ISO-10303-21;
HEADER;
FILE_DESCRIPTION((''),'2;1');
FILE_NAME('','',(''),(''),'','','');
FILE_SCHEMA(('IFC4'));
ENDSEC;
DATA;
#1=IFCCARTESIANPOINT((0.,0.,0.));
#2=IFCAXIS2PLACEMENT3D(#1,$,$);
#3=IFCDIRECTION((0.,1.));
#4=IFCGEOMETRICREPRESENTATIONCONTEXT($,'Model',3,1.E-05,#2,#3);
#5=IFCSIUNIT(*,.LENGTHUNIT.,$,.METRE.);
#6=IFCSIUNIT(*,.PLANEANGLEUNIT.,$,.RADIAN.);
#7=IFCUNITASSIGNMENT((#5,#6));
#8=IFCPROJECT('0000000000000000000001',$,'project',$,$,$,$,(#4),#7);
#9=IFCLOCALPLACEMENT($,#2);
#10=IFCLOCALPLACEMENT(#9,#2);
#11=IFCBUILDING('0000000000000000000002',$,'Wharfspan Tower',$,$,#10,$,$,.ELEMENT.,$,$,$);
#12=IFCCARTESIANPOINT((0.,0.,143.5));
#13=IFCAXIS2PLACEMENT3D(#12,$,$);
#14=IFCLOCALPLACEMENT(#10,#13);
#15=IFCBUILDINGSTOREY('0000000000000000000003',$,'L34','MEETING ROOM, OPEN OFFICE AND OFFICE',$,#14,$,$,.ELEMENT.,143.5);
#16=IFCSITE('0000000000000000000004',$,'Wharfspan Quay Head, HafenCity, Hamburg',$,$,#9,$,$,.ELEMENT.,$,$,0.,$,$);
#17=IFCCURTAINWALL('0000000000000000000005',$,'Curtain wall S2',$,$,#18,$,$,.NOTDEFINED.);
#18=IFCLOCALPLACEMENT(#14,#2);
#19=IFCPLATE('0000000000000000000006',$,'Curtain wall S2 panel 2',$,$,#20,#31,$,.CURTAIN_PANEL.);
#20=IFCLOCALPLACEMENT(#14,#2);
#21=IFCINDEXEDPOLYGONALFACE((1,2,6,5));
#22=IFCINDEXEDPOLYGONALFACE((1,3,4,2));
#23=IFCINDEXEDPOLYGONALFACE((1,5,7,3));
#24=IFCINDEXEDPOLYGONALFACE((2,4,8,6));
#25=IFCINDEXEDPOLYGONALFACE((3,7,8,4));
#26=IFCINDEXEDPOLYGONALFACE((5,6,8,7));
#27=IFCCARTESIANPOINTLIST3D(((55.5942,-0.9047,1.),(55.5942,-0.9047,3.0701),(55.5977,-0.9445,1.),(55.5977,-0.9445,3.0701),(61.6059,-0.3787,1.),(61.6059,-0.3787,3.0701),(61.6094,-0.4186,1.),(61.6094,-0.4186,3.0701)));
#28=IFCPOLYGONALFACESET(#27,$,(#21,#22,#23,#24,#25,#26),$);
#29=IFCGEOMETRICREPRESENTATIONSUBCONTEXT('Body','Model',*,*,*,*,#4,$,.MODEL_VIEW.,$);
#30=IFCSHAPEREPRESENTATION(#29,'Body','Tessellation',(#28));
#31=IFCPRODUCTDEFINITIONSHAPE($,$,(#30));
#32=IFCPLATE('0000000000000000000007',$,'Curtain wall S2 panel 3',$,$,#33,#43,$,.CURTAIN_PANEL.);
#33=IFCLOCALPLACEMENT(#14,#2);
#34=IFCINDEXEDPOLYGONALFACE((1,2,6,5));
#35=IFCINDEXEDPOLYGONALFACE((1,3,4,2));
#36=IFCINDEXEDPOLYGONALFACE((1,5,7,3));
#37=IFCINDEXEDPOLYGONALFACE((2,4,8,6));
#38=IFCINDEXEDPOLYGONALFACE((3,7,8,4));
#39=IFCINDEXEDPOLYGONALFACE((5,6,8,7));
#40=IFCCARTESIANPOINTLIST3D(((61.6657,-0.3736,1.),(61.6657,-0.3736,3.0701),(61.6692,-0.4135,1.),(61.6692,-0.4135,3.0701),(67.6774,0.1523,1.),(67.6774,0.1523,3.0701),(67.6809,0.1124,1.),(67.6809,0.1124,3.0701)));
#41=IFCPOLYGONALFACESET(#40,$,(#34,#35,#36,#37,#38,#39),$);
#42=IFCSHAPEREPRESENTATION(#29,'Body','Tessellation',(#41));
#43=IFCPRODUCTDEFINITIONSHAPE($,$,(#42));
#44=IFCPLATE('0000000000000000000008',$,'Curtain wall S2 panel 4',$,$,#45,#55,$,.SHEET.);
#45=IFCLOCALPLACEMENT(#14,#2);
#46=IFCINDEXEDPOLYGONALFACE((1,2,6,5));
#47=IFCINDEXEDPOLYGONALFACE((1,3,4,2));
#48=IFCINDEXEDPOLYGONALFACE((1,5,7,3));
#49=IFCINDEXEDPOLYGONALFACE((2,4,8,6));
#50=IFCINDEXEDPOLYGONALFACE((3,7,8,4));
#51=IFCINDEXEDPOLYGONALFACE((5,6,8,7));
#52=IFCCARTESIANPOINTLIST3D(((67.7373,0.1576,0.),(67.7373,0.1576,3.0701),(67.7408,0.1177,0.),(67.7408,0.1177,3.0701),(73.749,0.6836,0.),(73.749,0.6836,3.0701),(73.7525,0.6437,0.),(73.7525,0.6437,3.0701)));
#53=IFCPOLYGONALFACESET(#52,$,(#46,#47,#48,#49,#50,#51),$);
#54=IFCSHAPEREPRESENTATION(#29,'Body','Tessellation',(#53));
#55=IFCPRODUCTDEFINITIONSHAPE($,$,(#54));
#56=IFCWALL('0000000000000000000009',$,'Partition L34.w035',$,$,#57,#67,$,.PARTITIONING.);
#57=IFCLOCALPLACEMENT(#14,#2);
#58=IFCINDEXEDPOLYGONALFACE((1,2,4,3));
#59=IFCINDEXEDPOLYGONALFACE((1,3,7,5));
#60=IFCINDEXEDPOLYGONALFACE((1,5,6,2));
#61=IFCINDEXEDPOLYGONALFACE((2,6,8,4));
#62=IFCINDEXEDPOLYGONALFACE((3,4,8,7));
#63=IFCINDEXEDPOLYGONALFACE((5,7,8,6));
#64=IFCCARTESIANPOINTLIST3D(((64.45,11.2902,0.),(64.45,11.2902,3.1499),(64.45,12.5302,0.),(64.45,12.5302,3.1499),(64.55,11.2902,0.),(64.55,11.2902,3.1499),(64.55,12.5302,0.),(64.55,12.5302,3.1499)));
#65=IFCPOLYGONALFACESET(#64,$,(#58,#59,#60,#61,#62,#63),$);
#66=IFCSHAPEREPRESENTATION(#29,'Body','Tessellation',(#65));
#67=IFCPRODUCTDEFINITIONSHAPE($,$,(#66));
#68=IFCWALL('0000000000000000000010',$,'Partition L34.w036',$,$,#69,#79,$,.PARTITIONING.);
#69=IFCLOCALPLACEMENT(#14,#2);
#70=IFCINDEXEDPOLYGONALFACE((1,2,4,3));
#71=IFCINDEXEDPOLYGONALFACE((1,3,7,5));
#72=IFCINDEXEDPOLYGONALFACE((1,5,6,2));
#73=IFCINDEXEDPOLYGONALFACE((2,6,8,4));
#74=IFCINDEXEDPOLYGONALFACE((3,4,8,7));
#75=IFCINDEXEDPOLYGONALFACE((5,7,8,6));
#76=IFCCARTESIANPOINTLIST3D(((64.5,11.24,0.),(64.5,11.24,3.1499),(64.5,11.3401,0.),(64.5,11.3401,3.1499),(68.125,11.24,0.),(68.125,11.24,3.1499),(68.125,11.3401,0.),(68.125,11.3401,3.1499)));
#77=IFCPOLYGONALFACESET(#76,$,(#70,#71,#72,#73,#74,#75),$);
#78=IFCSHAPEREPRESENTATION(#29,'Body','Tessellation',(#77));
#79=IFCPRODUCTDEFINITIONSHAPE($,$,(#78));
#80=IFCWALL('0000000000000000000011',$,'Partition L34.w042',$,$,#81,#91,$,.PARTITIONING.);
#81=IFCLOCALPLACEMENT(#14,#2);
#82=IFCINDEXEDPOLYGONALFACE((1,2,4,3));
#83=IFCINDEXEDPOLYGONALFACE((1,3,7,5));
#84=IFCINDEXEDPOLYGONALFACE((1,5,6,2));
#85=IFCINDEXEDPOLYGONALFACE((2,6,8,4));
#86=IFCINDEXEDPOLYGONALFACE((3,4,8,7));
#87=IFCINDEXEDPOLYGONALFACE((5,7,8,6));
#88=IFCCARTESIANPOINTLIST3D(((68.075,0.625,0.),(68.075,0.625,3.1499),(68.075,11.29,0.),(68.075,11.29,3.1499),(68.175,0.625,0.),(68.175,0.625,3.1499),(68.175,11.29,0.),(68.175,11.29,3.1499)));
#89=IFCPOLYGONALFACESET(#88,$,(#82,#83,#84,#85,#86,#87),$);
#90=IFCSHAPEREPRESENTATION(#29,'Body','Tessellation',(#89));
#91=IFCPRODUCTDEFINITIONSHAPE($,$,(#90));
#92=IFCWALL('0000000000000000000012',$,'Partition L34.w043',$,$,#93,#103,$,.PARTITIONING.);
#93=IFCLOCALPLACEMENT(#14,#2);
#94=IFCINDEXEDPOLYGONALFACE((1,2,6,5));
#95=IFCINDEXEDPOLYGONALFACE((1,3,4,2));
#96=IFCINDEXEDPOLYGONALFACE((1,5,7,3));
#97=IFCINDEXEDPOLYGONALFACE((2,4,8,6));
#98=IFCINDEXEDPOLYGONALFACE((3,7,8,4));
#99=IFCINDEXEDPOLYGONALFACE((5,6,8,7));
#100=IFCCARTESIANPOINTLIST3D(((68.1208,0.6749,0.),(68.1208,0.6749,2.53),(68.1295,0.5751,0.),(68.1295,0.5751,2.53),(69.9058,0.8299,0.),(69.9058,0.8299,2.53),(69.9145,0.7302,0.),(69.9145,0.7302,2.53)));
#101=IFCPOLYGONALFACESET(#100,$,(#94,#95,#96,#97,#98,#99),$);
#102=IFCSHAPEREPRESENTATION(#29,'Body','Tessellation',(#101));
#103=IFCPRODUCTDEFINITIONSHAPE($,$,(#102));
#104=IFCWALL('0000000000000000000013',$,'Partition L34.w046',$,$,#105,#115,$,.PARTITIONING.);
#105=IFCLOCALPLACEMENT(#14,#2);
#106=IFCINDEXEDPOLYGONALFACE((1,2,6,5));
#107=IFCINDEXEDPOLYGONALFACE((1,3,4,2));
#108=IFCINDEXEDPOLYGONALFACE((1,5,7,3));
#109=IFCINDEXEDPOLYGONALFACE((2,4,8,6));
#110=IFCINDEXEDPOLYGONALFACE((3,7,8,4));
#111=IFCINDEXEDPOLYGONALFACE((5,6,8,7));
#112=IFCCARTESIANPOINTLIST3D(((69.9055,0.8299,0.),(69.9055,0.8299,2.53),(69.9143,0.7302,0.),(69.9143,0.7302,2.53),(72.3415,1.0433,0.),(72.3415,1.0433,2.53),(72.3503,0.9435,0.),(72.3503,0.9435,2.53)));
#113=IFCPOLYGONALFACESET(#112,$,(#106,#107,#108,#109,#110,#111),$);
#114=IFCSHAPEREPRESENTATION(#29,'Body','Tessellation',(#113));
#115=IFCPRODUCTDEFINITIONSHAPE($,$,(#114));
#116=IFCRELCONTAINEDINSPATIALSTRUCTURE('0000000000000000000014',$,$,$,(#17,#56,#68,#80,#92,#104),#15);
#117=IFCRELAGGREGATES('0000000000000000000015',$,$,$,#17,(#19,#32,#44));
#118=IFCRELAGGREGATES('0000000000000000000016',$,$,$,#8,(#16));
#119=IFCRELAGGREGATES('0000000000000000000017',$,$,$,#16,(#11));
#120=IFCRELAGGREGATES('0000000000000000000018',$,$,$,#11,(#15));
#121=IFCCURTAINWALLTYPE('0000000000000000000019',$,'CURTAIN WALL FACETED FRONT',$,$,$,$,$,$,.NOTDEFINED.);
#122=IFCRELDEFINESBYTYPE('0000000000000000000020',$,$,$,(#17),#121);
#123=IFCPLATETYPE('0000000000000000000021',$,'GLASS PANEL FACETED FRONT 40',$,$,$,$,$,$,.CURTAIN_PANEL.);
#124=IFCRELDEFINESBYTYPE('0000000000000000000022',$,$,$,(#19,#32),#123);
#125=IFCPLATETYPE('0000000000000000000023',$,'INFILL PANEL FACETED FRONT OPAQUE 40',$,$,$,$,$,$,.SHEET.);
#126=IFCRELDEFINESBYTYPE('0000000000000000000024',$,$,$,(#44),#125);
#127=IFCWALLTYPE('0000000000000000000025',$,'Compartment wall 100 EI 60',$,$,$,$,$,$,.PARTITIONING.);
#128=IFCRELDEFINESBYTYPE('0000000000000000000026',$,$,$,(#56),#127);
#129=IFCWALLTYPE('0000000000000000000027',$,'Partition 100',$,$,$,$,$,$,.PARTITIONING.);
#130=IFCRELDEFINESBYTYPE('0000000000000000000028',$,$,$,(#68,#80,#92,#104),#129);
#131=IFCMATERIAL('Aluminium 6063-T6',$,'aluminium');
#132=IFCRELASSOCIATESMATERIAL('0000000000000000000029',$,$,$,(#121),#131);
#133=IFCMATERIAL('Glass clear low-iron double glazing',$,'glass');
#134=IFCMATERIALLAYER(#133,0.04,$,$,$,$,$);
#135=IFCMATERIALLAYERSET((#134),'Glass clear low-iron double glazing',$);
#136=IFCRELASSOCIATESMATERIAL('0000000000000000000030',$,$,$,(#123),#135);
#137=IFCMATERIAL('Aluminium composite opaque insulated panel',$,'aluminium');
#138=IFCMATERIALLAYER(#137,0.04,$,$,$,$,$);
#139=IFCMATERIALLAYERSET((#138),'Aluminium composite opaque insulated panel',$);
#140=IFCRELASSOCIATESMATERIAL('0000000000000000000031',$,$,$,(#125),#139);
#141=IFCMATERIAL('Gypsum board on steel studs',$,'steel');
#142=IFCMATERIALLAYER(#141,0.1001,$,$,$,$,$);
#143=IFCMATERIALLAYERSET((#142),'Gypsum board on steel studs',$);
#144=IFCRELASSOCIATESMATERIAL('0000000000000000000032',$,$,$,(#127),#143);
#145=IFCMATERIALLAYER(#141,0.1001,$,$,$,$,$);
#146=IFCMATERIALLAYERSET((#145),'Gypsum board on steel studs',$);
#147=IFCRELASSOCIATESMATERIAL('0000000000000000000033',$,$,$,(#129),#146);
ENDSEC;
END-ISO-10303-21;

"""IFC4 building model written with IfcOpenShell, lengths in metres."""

from ifc_helpers import new_model, si_unit, direction, frame, frame_2d, origin, origin_2d, place, context, subcontext, project, spatial, rectangle, extrude, material, layer, layer_set, type_object, element, aggregate, save


model = new_model("IFC4")

# Units and contexts
model_context = context("Model", 3, precision=1e-05, world=origin(), true_north=direction((0.0, 1.0)))
body_context = subcontext(model_context, "Body", "Model", "MODEL_VIEW")
ifc_project = project(units=[si_unit("LENGTHUNIT", "METRE"), si_unit("PLANEANGLEUNIT", "RADIAN")], contexts=[model_context])

# Site, building, storey
site_placement = place(None, origin())
site = spatial("IfcSite", under=ifc_project, at=site_placement, Name="Wharfspan Quay Head, HafenCity, Hamburg", CompositionType="ELEMENT", RefElevation=0.0)
building_placement = place(site_placement, origin())
building = spatial("IfcBuilding", under=site, at=building_placement, Name="Wharfspan Tower", CompositionType="ELEMENT")
storey_placement = place(building_placement, frame((0.0, 0.0, 143.5)))
storey = spatial("IfcBuildingStorey", under=building, at=storey_placement, Name="L34", Description="MEETING ROOM, OPEN OFFICE AND OFFICE", CompositionType="ELEMENT", Elevation=143.5)

# Curtain wall, plates
ifc_material_1 = material(Name="Aluminium 6063-T6", Category="aluminium")
curtain_wall_type = type_object("IfcCurtainWallType", Name="CURTAIN WALL FACETED FRONT", PredefinedType="NOTDEFINED", material=ifc_material_1)
curtain_wall_placement = place(storey_placement, origin())
curtain_wall = element("IfcCurtainWall", 1, at=curtain_wall_placement, inside=storey, type_object=curtain_wall_type, Name="Curtain wall S2", PredefinedType="NOTDEFINED")
ifc_material_2 = material(Name="Glass clear low-iron double glazing", Category="glass")
ifc_layer_1 = layer(ifc_material_2, 0.04)
ifc_layer_set_1 = layer_set([ifc_layer_1], Name="Glass clear low-iron double glazing")
plate_type_1 = type_object("IfcPlateType", Name="GLASS PANEL FACETED FRONT 40", PredefinedType="CURTAIN_PANEL", material=ifc_layer_set_1)
plate_1_placement = place(storey_placement, frame((58.6018, -0.6616, 1.0), z_axis=(0.0, 0.0, 1.0), x_axis=(0.996198, 0.087156, 0.0)))
plate_1 = element("IfcPlate", 2, at=plate_1_placement, type_object=plate_type_1, Name="Curtain wall S2 panel 2", PredefinedType="CURTAIN_PANEL", context=body_context, shape_type="SweptSolid", body=[
    extrude(rectangle(XDim=6.0347, YDim=0.04, at=origin_2d()), origin(), (0.0, 0.0, 1.0), 2.0701),
])
plate_2_placement = place(storey_placement, frame((64.6733, -0.1306, 1.0), z_axis=(0.0, 0.0, 1.0), x_axis=(0.996198, 0.087156, 0.0)))
plate_2 = element("IfcPlate", 3, at=plate_2_placement, type_object=plate_type_1, Name="Curtain wall S2 panel 3", PredefinedType="CURTAIN_PANEL", context=body_context, shape_type="SweptSolid", body=[
    extrude(rectangle(XDim=6.0347, YDim=0.04, at=origin_2d()), origin(), (0.0, 0.0, 1.0), 2.0701),
])
ifc_material_3 = material(Name="Aluminium composite opaque insulated panel", Category="aluminium")
ifc_layer_2 = layer(ifc_material_3, 0.04)
ifc_layer_set_2 = layer_set([ifc_layer_2], Name="Aluminium composite opaque insulated panel")
plate_type_2 = type_object("IfcPlateType", Name="INFILL PANEL FACETED FRONT OPAQUE 40", PredefinedType="SHEET", material=ifc_layer_set_2)
plate_3_placement = place(storey_placement, frame((70.7449, 0.4006, 0.0), z_axis=(0.0, 0.0, 1.0), x_axis=(0.996198, 0.087156, 0.0)))
plate_3 = element("IfcPlate", 4, at=plate_3_placement, type_object=plate_type_2, Name="Curtain wall S2 panel 4", PredefinedType="SHEET", context=body_context, shape_type="SweptSolid", body=[
    extrude(rectangle(XDim=6.0347, YDim=0.04, at=origin_2d()), origin(), (0.0, 0.0, 1.0), 3.0701),
])
aggregate(curtain_wall, [plate_1, plate_2, plate_3])

# Walls
ifc_material_4 = material(Name="Gypsum board on steel studs", Category="steel")
ifc_layer_3 = layer(ifc_material_4, 0.1001)
ifc_layer_set_3 = layer_set([ifc_layer_3], Name="Gypsum board on steel studs")
wall_type_1 = type_object("IfcWallType", Name="Compartment wall 100 EI 60", PredefinedType="PARTITIONING", material=ifc_layer_set_3)
wall_1_placement = place(storey_placement, frame((64.5, 11.29, 0.0), z_axis=(0.0, 0.0, 1.0), x_axis=(0.0, 1.0, 0.0)))
element("IfcWall", 5, at=wall_1_placement, inside=storey, type_object=wall_type_1, Name="Partition L34.w035", PredefinedType="PARTITIONING", context=body_context, shape_type="SweptSolid", body=[
    extrude(rectangle(XDim=1.24, YDim=0.1001, at=frame_2d((0.6201, 0.0))), origin(), (0.0, 0.0, 1.0), 3.1499),
])
ifc_layer_4 = layer(ifc_material_4, 0.1001)
ifc_layer_set_4 = layer_set([ifc_layer_4], Name="Gypsum board on steel studs")
wall_type_2 = type_object("IfcWallType", Name="Partition 100", PredefinedType="PARTITIONING", material=ifc_layer_set_4)
wall_2_placement = place(storey_placement, frame((64.5, 11.29, 0.0), z_axis=(0.0, 0.0, 1.0), x_axis=(1.0, 0.0, 0.0)))
element("IfcWall", 6, at=wall_2_placement, inside=storey, type_object=wall_type_2, Name="Partition L34.w036", PredefinedType="PARTITIONING", context=body_context, shape_type="SweptSolid", body=[
    extrude(rectangle(XDim=3.625, YDim=0.1001, at=frame_2d((1.8125, 0.0))), origin(), (0.0, 0.0, 1.0), 3.1499),
])
wall_3_placement = place(storey_placement, frame((68.125, 0.625, 0.0), z_axis=(0.0, 0.0, 1.0), x_axis=(0.0, 1.0, 0.0)))
element("IfcWall", 7, at=wall_3_placement, inside=storey, type_object=wall_type_2, Name="Partition L34.w042", PredefinedType="PARTITIONING", context=body_context, shape_type="SweptSolid", body=[
    extrude(rectangle(XDim=10.665, YDim=0.1001, at=frame_2d((5.3325, 0.0))), origin(), (0.0, 0.0, 1.0), 3.1499),
])
wall_4_placement = place(storey_placement, frame((68.125, 0.625, 0.0), z_axis=(0.0, 0.0, 1.0), x_axis=(0.996253, 0.08653, 0.0)))
element("IfcWall", 8, at=wall_4_placement, inside=storey, type_object=wall_type_2, Name="Partition L34.w043", PredefinedType="PARTITIONING", context=body_context, shape_type="SweptSolid", body=[
    extrude(rectangle(XDim=1.7917, YDim=0.1001, at=frame_2d((0.896, 0.0))), origin(), (0.0, 0.0, 1.0), 2.53),
])
wall_5_placement = place(storey_placement, frame((69.9099, 0.78, 0.0), z_axis=(0.0, 0.0, 1.0), x_axis=(0.99619, 0.087259, 0.0)))
element("IfcWall", 9, at=wall_5_placement, inside=storey, type_object=wall_type_2, Name="Partition L34.w046", PredefinedType="PARTITIONING", context=body_context, shape_type="SweptSolid", body=[
    extrude(rectangle(XDim=2.4453, YDim=0.1001, at=frame_2d((1.2227, 0.0))), origin(), (0.0, 0.0, 1.0), 2.53),
])

save(model, "model.ifc")
